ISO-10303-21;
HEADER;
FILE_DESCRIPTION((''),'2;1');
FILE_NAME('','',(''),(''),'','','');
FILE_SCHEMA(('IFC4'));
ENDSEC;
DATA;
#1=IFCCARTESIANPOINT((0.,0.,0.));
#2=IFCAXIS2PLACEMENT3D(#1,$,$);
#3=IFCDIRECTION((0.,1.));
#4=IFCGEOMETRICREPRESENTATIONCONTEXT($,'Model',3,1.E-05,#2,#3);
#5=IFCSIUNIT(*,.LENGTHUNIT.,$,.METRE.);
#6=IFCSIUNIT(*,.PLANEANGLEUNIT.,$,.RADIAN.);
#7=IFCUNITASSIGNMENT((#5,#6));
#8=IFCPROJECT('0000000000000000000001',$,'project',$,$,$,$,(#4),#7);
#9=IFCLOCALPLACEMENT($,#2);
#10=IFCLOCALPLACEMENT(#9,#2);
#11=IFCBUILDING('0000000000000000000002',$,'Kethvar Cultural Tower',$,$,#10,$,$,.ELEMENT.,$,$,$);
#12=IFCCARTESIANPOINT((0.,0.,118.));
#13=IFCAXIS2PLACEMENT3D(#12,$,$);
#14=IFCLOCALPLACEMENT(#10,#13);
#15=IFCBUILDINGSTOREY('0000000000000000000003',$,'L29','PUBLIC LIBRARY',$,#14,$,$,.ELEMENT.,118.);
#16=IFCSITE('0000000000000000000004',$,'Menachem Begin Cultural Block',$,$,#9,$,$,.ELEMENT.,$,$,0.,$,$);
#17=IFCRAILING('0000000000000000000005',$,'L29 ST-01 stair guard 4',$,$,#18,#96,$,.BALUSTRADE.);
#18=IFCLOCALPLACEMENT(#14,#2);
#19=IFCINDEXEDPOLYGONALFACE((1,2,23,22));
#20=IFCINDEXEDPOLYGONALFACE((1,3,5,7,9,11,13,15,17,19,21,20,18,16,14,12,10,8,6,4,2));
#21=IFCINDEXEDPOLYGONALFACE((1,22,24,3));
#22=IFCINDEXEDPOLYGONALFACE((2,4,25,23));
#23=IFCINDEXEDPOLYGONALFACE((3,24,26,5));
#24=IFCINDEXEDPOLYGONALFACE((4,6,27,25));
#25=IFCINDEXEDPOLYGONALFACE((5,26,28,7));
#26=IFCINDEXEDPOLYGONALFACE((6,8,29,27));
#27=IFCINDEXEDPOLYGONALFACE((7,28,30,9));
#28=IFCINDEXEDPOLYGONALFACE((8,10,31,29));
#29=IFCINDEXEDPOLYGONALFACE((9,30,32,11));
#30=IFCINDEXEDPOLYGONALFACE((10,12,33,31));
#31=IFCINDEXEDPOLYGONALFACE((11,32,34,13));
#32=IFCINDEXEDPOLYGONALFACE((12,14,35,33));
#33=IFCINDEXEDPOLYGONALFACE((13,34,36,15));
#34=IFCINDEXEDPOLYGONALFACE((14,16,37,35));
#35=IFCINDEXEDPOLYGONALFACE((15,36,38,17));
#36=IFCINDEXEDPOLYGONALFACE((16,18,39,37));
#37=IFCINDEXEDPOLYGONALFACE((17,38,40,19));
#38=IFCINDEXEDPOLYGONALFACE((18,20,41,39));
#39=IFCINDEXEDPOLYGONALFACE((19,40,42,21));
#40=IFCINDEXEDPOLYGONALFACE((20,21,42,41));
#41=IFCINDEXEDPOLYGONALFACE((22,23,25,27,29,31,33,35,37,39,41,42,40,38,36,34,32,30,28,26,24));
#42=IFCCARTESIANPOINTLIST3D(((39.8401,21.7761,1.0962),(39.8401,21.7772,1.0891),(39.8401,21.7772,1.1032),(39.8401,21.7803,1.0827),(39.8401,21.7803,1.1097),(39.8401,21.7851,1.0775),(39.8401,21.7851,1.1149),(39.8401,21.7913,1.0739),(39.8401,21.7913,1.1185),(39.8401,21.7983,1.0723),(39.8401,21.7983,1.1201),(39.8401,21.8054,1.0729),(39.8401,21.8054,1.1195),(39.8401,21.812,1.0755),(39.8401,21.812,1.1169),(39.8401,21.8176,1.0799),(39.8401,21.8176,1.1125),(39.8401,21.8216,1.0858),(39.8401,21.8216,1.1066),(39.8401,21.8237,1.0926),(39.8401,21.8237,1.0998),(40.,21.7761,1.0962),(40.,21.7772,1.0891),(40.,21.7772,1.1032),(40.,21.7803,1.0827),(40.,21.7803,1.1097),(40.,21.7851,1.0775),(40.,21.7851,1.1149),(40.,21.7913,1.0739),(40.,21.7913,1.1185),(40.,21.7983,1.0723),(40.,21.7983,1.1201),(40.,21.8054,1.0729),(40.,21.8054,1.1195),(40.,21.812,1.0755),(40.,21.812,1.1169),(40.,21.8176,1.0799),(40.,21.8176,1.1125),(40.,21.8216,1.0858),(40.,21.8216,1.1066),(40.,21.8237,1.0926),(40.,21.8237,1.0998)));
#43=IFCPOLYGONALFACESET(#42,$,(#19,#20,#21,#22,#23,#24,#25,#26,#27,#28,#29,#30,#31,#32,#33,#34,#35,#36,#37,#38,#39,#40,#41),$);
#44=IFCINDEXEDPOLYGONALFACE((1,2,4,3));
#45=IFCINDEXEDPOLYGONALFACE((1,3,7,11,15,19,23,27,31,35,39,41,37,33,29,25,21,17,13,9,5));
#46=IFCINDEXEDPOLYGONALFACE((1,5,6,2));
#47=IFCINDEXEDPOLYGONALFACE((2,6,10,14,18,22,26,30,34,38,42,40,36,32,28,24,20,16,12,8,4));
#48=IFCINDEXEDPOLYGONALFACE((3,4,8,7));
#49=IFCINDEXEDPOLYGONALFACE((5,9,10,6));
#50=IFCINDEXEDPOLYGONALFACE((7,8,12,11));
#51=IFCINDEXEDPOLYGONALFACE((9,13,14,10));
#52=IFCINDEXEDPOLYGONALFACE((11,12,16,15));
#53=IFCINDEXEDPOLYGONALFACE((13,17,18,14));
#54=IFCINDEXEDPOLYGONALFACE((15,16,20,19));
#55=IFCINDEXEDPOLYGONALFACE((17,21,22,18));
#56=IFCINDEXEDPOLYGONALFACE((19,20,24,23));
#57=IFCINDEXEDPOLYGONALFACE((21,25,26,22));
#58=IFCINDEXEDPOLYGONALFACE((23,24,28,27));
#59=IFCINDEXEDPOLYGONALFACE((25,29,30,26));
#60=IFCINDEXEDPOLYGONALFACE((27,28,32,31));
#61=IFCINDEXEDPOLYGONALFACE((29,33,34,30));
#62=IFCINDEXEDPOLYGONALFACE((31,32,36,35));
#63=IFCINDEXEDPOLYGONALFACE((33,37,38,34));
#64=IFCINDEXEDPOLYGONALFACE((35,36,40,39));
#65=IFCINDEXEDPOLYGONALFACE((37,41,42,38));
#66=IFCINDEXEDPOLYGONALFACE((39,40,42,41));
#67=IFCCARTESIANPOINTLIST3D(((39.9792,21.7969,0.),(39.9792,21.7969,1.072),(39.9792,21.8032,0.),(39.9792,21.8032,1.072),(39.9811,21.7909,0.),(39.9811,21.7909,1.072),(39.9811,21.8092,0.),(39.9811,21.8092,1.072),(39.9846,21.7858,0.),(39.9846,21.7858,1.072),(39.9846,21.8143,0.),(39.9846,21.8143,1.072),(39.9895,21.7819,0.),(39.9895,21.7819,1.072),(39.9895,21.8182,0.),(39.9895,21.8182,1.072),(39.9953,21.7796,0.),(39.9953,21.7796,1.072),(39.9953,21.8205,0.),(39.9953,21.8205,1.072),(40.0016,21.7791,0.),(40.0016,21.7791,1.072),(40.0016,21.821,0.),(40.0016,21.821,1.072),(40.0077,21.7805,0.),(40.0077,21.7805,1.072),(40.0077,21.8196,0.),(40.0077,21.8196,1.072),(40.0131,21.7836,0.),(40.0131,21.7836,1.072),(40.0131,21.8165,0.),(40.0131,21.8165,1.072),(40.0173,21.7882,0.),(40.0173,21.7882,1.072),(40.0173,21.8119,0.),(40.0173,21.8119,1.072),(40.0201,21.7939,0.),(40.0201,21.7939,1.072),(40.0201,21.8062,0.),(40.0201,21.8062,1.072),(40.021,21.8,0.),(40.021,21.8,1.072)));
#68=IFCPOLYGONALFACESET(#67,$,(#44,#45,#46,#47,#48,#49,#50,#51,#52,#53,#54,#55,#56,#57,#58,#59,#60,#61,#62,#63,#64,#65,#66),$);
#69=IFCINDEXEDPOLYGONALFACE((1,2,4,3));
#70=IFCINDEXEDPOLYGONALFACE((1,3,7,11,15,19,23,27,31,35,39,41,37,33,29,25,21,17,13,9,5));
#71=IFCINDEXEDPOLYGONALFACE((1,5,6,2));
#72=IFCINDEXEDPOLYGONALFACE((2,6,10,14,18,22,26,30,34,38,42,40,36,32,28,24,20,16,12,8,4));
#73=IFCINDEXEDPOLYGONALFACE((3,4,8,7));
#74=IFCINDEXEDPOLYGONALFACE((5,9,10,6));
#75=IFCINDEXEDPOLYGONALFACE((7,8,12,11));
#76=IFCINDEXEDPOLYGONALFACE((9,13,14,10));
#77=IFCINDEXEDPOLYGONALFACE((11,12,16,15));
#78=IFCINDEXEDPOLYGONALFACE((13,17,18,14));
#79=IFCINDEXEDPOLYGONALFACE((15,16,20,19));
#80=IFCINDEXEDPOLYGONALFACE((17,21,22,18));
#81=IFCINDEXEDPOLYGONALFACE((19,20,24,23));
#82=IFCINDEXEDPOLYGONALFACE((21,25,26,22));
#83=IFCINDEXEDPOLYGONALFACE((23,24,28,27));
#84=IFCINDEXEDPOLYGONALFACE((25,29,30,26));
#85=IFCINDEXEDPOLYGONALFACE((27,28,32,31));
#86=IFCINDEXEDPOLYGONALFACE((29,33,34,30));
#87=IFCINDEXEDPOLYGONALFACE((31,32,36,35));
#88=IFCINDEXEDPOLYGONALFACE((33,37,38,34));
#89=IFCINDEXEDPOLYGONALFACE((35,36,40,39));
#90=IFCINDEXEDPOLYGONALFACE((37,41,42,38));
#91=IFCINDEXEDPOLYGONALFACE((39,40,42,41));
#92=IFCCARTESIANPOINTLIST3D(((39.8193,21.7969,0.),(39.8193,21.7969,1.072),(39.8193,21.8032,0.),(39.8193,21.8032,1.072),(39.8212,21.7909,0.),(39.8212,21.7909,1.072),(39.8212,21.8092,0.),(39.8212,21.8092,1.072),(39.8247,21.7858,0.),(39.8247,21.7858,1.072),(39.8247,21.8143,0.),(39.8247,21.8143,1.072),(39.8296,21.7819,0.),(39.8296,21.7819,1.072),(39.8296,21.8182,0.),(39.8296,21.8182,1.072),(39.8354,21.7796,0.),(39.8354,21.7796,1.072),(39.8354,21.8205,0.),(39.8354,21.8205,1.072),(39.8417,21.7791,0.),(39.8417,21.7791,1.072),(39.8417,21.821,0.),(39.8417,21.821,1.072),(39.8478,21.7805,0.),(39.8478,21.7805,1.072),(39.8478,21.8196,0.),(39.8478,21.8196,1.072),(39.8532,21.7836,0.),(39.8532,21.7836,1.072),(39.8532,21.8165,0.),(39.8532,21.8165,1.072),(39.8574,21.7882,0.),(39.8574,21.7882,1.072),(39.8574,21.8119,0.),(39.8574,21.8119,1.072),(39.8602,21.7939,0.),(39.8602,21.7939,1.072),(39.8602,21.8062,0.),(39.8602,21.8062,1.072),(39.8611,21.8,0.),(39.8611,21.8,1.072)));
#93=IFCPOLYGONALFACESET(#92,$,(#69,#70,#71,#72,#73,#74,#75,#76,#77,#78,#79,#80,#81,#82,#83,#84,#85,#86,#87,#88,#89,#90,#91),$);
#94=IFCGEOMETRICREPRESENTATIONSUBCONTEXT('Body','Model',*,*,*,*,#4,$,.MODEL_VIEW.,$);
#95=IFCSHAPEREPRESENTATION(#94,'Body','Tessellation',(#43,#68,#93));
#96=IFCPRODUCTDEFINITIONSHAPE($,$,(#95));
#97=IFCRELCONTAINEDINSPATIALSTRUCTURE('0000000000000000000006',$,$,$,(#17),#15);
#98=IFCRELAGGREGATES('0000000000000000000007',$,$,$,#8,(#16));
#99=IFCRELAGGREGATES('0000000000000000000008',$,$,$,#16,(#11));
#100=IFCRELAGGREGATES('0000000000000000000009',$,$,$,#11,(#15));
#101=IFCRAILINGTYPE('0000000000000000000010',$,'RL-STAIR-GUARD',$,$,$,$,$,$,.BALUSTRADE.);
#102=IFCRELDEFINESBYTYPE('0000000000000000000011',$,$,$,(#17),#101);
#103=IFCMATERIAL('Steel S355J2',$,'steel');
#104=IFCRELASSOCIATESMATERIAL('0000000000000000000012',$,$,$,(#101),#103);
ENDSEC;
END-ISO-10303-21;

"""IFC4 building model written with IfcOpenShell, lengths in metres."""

from ifc_helpers import new_model, si_unit, direction, frame, origin, origin_2d, place, context, subcontext, project, spatial, circle, extrude, material, type_object, element, save


model = new_model("IFC4")

# Units and contexts
model_context = context("Model", 3, precision=1e-05, world=origin(), true_north=direction((0.0, 1.0)))
body_context = subcontext(model_context, "Body", "Model", "MODEL_VIEW")
ifc_project = project(units=[si_unit("LENGTHUNIT", "METRE"), si_unit("PLANEANGLEUNIT", "RADIAN")], contexts=[model_context])

# Site, building, storey
site_placement = place(None, origin())
site = spatial("IfcSite", under=ifc_project, at=site_placement, Name="Menachem Begin Cultural Block", CompositionType="ELEMENT", RefElevation=0.0)
building_placement = place(site_placement, origin())
building = spatial("IfcBuilding", under=site, at=building_placement, Name="Kethvar Cultural Tower", CompositionType="ELEMENT")
storey_placement = place(building_placement, frame((0.0, 0.0, 118.0)))
storey = spatial("IfcBuildingStorey", under=building, at=storey_placement, Name="L29", Description="PUBLIC LIBRARY", CompositionType="ELEMENT", Elevation=118.0)

# Shared definitions
ifc_material_1 = material(Name="Steel S355J2", Category="steel")

# Railing
railing_type_1 = type_object("IfcRailingType", Name="RL-STAIR-GUARD", PredefinedType="BALUSTRADE", material=ifc_material_1)
railing_1_placement = place(storey_placement, frame((40.0, 21.8, 0.0)))
element("IfcRailing", 1, at=railing_1_placement, inside=storey, type_object=railing_type_1, Name="L29 ST-01 stair guard 4", PredefinedType="BALUSTRADE", context=body_context, shape_type="SweptSolid", body=[
    extrude(circle(Radius=0.0239, at=origin_2d()), frame((0.0, 0.0, 1.0962), z_axis=(-1.0, 0.0, 0.0), x_axis=(0.0, -1.0, 0.0)), (0.0, 0.0, 1.0), 0.1599),
    extrude(circle(Radius=0.021, at=origin_2d()), origin(), (0.0, 0.0, 1.0), 1.072),
    extrude(circle(Radius=0.021, at=origin_2d()), frame((-0.1599, 0.0, 0.0)), (0.0, 0.0, 1.0), 1.072),
])

save(model, "model.ifc")
